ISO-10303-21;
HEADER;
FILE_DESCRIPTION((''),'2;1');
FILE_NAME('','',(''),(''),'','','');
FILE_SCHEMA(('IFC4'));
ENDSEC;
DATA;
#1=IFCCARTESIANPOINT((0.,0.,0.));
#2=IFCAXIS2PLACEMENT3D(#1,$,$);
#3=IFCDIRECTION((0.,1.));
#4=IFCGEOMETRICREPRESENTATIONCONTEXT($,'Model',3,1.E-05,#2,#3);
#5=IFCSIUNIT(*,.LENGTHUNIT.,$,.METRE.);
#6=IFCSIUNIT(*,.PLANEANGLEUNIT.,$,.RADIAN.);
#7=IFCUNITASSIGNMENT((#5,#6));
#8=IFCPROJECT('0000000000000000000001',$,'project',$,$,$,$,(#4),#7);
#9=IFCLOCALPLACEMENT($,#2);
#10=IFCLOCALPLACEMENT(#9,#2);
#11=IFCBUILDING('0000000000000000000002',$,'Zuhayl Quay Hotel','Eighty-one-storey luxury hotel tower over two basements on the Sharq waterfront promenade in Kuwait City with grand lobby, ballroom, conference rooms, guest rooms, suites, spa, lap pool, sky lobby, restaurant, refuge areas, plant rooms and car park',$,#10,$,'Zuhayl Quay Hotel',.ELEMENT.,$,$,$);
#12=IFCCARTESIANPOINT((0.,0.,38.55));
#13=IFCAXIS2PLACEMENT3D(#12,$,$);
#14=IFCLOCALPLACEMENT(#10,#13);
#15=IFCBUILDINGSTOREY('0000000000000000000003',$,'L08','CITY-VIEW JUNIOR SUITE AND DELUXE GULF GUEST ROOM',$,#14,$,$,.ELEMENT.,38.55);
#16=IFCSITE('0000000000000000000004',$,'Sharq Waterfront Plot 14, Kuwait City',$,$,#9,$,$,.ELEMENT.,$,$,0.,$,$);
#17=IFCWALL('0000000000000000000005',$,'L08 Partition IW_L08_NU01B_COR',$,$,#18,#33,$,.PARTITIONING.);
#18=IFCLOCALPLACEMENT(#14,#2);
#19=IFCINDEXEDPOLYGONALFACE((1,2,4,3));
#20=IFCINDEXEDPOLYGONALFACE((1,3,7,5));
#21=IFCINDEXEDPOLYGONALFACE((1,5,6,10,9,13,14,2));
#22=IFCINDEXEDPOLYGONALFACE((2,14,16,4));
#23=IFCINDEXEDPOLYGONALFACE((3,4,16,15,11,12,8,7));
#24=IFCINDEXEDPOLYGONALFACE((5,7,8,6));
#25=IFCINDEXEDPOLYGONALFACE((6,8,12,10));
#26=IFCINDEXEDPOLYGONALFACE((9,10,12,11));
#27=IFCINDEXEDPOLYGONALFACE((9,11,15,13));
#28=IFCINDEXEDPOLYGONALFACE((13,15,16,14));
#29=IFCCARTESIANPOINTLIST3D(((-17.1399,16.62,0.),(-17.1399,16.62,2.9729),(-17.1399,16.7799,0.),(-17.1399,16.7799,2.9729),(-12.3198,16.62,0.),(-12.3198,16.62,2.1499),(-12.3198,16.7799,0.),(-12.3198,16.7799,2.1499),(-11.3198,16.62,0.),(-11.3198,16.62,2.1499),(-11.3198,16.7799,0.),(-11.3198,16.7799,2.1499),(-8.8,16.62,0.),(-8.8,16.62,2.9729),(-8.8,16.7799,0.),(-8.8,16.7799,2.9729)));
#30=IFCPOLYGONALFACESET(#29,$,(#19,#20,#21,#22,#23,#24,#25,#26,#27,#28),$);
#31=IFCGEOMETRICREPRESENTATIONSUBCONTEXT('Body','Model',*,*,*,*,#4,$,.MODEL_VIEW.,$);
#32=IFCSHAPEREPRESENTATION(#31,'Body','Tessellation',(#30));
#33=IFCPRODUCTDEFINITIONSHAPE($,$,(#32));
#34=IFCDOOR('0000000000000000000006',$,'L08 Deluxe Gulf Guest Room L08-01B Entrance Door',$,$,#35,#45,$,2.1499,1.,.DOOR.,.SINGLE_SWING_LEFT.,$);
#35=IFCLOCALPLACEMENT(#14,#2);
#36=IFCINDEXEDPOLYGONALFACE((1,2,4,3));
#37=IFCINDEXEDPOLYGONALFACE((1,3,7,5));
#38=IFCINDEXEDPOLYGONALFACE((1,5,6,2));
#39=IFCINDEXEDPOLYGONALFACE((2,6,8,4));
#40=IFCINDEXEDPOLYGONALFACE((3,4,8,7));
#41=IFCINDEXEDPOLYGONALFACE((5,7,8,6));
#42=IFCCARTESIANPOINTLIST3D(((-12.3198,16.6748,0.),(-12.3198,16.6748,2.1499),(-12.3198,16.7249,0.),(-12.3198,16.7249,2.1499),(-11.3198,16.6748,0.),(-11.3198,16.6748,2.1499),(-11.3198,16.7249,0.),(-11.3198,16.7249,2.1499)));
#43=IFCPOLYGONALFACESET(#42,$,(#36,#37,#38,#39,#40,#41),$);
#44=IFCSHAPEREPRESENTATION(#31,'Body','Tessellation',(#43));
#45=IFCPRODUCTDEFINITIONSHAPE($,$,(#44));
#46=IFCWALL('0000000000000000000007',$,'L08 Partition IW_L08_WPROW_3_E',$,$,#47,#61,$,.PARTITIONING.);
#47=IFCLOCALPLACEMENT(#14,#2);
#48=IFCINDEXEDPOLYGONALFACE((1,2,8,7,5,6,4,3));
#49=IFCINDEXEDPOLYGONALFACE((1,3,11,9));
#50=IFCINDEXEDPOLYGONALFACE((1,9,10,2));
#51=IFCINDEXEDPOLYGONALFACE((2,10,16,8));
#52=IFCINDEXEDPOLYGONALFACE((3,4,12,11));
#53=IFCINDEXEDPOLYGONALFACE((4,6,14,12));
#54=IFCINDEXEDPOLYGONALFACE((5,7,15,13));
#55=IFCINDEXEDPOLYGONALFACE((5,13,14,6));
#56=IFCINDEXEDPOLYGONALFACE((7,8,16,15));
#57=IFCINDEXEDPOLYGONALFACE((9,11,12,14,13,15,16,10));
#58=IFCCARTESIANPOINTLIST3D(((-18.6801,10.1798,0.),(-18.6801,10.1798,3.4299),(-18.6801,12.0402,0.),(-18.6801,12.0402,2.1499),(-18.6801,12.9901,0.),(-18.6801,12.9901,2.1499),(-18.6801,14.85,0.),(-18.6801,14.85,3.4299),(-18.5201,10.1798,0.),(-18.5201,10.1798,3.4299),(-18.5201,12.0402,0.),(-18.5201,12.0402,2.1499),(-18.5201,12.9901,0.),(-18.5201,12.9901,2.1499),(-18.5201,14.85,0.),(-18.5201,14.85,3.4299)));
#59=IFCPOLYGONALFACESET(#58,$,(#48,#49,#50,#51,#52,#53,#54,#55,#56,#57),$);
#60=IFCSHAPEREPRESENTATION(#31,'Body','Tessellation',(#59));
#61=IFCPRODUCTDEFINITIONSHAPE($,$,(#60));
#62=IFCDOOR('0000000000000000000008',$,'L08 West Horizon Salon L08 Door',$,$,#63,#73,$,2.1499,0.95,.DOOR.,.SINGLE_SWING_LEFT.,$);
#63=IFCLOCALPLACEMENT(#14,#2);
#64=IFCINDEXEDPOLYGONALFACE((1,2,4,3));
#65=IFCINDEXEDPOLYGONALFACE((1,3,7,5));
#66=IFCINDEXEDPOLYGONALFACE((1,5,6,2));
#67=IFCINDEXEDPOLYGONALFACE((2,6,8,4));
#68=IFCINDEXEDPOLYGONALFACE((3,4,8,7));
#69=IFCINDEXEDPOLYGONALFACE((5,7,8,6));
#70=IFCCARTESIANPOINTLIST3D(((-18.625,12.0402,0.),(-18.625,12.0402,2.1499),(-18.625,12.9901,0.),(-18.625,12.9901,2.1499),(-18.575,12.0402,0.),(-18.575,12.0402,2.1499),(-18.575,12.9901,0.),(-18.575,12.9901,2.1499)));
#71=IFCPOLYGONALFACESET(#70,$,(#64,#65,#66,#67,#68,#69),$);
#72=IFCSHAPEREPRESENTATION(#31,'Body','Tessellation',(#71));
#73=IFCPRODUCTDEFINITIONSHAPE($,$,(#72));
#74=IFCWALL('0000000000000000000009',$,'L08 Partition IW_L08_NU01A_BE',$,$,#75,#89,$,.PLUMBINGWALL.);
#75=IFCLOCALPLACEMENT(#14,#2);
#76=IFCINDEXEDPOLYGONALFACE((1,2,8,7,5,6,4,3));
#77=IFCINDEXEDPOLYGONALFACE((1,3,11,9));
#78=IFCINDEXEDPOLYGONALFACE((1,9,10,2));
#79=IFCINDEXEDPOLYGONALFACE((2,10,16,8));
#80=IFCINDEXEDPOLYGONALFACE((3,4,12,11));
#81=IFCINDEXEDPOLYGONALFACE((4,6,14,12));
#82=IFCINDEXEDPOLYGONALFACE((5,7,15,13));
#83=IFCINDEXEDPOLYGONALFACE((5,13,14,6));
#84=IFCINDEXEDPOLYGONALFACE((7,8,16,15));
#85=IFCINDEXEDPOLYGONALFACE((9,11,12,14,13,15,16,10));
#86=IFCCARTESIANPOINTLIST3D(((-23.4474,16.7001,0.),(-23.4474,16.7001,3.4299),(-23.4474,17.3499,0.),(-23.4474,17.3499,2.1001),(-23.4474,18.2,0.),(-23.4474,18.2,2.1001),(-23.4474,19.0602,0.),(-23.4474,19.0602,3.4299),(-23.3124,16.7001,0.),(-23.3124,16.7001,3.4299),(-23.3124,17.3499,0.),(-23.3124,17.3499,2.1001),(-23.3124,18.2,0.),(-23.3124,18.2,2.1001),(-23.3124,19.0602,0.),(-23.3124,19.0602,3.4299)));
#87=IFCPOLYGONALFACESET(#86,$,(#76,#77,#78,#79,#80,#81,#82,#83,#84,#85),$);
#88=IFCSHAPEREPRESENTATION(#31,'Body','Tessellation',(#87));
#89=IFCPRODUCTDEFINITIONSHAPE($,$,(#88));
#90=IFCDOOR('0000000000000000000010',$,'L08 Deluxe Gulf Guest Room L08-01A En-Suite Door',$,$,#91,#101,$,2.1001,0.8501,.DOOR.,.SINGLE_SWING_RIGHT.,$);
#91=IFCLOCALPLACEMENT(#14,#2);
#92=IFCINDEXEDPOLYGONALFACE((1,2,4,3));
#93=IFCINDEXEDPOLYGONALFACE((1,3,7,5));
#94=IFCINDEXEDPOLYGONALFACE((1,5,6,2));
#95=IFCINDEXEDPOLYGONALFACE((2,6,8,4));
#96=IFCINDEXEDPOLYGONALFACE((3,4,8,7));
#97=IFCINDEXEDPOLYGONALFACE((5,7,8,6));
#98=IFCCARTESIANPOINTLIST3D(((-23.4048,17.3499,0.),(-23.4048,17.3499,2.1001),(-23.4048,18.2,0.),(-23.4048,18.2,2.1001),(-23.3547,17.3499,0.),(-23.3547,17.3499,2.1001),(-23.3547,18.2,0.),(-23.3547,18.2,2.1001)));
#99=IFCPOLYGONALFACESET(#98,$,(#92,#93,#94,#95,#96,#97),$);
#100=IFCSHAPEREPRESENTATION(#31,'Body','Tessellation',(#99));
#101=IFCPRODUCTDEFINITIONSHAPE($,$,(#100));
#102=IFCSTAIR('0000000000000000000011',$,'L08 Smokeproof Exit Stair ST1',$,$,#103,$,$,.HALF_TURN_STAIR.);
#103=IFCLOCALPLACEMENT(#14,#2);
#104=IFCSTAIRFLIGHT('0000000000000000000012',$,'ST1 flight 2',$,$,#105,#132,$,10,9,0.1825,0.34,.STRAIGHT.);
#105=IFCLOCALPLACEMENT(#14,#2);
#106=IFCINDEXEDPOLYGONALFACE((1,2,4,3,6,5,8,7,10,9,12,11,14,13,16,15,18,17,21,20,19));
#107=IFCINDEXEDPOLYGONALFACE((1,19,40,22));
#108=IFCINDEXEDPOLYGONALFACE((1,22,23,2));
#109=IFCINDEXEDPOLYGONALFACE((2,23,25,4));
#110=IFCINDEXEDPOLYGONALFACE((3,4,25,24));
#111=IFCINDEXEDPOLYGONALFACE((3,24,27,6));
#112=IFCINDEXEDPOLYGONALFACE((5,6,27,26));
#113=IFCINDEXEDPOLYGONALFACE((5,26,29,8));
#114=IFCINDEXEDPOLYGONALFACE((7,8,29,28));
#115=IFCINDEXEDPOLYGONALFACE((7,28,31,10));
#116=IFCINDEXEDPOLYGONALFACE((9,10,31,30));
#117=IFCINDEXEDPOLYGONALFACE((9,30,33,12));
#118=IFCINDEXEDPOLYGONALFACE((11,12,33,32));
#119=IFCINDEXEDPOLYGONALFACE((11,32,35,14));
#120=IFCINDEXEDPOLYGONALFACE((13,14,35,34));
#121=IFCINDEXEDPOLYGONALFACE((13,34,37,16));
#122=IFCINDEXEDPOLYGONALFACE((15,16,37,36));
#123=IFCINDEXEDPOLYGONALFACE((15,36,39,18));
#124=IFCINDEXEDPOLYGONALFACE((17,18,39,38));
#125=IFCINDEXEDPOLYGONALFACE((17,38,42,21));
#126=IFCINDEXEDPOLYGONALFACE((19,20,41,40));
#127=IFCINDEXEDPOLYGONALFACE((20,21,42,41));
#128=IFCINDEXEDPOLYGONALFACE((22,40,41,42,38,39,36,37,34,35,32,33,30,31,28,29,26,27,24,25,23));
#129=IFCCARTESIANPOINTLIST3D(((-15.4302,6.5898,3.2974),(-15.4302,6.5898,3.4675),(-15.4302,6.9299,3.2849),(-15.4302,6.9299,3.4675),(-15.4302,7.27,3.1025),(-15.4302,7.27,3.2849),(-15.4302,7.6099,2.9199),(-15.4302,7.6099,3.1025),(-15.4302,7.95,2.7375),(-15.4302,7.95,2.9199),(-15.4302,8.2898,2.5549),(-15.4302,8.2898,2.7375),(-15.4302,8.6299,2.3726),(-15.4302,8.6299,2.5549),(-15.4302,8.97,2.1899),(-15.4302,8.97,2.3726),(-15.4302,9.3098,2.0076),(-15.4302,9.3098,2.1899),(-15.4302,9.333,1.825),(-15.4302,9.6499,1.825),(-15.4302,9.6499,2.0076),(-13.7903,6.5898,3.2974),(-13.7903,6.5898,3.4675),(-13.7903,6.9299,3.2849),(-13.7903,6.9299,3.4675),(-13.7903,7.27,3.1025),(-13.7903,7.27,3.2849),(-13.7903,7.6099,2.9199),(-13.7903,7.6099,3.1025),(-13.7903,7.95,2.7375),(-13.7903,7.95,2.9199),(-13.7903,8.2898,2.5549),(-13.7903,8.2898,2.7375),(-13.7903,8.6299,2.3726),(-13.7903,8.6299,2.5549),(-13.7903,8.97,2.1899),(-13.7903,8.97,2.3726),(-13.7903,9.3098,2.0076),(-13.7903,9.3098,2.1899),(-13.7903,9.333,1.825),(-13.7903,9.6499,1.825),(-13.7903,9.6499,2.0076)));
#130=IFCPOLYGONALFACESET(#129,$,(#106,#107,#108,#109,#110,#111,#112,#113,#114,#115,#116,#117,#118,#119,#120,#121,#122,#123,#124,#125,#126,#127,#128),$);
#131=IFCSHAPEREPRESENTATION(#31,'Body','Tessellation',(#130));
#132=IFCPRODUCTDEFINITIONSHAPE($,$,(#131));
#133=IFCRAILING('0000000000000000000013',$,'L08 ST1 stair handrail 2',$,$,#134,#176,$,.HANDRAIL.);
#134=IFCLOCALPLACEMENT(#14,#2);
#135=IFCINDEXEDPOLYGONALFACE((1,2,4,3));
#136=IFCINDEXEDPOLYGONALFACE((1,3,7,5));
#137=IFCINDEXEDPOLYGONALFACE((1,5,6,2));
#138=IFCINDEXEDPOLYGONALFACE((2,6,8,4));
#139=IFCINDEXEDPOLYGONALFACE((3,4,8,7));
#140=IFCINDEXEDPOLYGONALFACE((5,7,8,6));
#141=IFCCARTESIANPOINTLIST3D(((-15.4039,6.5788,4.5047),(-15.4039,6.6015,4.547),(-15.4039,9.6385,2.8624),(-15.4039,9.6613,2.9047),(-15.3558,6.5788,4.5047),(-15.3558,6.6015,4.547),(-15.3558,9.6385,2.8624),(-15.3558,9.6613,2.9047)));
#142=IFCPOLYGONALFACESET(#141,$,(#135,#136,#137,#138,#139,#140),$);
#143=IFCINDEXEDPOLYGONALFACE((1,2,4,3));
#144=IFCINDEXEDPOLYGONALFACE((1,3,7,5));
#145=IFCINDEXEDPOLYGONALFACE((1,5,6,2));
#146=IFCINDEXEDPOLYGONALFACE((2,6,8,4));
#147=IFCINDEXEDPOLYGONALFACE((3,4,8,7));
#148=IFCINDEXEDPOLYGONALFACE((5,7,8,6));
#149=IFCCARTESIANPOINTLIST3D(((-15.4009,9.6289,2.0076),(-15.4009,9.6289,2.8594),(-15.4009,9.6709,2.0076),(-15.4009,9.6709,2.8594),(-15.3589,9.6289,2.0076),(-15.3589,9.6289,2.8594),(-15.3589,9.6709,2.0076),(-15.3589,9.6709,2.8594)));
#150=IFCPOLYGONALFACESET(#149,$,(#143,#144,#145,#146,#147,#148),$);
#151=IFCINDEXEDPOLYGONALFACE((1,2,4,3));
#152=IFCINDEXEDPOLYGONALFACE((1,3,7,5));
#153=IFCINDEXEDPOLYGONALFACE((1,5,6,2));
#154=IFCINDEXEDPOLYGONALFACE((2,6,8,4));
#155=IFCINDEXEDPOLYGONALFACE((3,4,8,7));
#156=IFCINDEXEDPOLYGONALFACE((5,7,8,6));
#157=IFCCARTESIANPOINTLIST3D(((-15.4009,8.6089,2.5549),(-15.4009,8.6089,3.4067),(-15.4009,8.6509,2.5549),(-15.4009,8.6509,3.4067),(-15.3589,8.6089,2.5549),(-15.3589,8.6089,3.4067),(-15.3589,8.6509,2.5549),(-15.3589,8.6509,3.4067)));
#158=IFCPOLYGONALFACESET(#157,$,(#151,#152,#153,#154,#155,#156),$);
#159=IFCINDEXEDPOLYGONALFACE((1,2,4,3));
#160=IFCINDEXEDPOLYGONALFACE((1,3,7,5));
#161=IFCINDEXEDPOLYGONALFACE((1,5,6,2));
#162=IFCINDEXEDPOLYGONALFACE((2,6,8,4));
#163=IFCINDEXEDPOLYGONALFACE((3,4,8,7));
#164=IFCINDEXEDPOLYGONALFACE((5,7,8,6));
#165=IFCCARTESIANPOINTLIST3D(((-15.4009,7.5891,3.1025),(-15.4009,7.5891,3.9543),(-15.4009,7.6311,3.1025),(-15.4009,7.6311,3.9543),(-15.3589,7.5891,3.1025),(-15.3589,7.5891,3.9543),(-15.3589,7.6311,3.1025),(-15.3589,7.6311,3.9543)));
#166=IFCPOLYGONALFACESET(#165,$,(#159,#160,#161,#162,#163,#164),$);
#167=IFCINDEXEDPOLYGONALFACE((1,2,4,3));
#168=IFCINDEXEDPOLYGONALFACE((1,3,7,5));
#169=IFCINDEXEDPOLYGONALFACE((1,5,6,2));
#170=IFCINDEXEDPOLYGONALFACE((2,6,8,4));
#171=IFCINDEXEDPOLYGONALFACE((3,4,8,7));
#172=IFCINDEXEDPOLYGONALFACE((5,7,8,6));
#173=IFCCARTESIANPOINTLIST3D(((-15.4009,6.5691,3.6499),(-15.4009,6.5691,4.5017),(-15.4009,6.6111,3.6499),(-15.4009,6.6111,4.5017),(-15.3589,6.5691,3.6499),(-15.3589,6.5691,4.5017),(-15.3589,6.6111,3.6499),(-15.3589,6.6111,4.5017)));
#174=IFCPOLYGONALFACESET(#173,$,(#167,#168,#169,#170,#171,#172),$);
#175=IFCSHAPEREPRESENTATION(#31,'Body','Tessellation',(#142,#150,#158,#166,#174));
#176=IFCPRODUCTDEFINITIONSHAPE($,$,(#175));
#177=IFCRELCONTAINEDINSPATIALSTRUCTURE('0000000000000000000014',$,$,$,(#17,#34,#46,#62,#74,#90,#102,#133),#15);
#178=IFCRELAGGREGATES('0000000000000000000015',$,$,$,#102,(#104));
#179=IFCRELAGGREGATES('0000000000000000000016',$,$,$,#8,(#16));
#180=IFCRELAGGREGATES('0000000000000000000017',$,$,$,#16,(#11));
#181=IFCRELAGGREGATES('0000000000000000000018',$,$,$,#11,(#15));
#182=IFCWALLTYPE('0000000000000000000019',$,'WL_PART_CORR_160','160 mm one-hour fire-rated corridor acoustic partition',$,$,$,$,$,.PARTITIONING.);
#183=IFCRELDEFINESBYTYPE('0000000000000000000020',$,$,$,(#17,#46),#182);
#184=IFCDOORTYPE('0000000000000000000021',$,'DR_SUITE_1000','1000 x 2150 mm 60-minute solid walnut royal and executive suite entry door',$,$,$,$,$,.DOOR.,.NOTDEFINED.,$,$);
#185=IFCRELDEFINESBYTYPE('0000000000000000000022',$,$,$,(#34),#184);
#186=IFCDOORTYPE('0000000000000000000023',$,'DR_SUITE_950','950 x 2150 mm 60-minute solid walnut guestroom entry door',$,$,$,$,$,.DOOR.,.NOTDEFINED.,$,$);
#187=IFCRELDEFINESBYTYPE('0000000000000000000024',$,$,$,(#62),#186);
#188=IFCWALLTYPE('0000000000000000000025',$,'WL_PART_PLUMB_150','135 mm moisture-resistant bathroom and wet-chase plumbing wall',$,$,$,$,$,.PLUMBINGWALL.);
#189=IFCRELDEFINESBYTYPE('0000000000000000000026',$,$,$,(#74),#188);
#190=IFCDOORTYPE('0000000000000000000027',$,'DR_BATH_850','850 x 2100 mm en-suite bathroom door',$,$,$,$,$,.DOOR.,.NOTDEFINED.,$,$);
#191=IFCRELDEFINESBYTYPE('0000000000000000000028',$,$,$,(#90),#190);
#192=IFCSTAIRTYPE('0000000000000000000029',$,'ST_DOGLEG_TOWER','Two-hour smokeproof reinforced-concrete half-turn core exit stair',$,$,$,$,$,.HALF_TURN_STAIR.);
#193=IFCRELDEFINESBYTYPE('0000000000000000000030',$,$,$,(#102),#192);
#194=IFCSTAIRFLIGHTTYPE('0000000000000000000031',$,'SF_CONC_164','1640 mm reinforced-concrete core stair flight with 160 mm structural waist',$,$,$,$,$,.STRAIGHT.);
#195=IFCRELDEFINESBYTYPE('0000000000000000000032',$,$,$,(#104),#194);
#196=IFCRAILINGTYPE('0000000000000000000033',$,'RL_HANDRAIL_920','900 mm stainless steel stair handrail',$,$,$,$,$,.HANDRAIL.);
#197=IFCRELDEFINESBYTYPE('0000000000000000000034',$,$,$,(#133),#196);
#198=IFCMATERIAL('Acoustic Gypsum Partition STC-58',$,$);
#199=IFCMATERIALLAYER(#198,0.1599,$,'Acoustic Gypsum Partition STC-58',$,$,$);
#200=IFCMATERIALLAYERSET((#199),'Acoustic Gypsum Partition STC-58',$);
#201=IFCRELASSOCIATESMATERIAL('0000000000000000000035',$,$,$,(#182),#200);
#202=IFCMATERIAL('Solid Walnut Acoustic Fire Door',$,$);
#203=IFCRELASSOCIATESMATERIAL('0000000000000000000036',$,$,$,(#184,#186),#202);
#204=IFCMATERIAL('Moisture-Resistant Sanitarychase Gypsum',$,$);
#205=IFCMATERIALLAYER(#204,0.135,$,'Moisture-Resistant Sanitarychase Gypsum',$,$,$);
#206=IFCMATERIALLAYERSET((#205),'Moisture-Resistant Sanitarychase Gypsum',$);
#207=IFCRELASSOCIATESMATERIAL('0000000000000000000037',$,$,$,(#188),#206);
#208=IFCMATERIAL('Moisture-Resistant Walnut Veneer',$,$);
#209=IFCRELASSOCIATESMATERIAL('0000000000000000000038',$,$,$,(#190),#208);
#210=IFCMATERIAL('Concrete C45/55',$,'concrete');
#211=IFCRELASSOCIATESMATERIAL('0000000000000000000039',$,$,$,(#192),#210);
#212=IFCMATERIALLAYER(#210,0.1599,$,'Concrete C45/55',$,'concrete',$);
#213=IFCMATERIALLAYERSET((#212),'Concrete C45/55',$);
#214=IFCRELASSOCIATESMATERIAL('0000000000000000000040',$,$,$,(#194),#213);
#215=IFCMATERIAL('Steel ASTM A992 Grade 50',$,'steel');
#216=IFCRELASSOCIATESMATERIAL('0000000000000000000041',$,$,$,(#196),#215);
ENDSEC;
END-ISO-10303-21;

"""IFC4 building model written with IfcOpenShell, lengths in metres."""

from ifc_helpers import new_model, si_unit, direction, frame, frame_2d, origin, origin_2d, place, context, subcontext, project, spatial, polyline, rectangle, outline, extrude, material, layer, layer_set, type_object, element, fill, aggregate, save


model = new_model("IFC4")

# Units and contexts
model_context = context("Model", 3, precision=1e-05, world=origin(), true_north=direction((0.0, 1.0)))
body_context = subcontext(model_context, "Body", "Model", "MODEL_VIEW")
ifc_project = project(units=[si_unit("LENGTHUNIT", "METRE"), si_unit("PLANEANGLEUNIT", "RADIAN")], contexts=[model_context])

# Site, building, storey
site_placement = place(None, origin())
site = spatial("IfcSite", under=ifc_project, at=site_placement, Name="Sharq Waterfront Plot 14, Kuwait City", CompositionType="ELEMENT", RefElevation=0.0)
building_placement = place(site_placement, origin())
building = spatial("IfcBuilding", under=site, at=building_placement, Name="Zuhayl Quay Hotel", Description="Eighty-one-storey luxury hotel tower over two basements on the Sharq waterfront promenade in Kuwait City with grand lobby, ballroom, conference rooms, guest rooms, suites, spa, lap pool, sky lobby, restaurant, refuge areas, plant rooms and car park", LongName="Zuhayl Quay Hotel", CompositionType="ELEMENT")
storey_placement = place(building_placement, frame((0.0, 0.0, 38.55)))
storey = spatial("IfcBuildingStorey", under=building, at=storey_placement, Name="L08", Description="CITY-VIEW JUNIOR SUITE AND DELUXE GULF GUEST ROOM", CompositionType="ELEMENT", Elevation=38.55)

# Shared definitions
ifc_material_1 = material(Name="Acoustic Gypsum Partition STC-58")

# Walls, openings, doors
ifc_layer_1 = layer(ifc_material_1, 0.1599, Name="Acoustic Gypsum Partition STC-58")
ifc_layer_set_1 = layer_set([ifc_layer_1], Name="Acoustic Gypsum Partition STC-58")
wall_type_1 = type_object("IfcWallType", Name="WL_PART_CORR_160", Description="160 mm one-hour fire-rated corridor acoustic partition", PredefinedType="PARTITIONING", material=ifc_layer_set_1)
ifc_material_2 = material(Name="Solid Walnut Acoustic Fire Door")
door_type_1 = type_object("IfcDoorType", Name="DR_SUITE_1000", Description="1000 x 2150 mm 60-minute solid walnut royal and executive suite entry door", OperationType="NOTDEFINED", PredefinedType="DOOR", material=ifc_material_2)
wall_1_placement = place(storey_placement, frame((-17.1399, 16.7, 0.0), z_axis=(0.0, 0.0, 1.0), x_axis=(1.0, 0.0, 0.0)))
wall_1 = element("IfcWall", 1, at=wall_1_placement, inside=storey, type_object=wall_type_1, Name="L08 Partition IW_L08_NU01B_COR", PredefinedType="PARTITIONING", context=body_context, shape_type="SweptSolid", body=[
    extrude(rectangle(XDim=8.3398, YDim=0.1599, at=frame_2d((4.1699, 0.0))), origin(), (0.0, 0.0, 1.0), 2.9729),
])
opening_1_placement = place(wall_1_placement, frame((4.8201, 0.0, 0.0)))
opening_1 = element("IfcOpeningElement", 2, at=opening_1_placement, cuts=wall_1, PredefinedType="OPENING", context=body_context, shape_type="SweptSolid", body=[
    extrude(rectangle(XDim=1.0, YDim=2.1499, at=frame_2d((0.5, 1.075))), frame((0.0, 0.0898, 0.0), z_axis=(0.0, -1.0, 0.0), x_axis=(1.0, 0.0, 0.0)), (0.0, 0.0, 1.0), 0.1799),
])
door_1_placement = place(opening_1_placement, origin())
door_1 = element("IfcDoor", 3, at=door_1_placement, inside=storey, type_object=door_type_1, Name="L08 Deluxe Gulf Guest Room L08-01B Entrance Door", OperationType="SINGLE_SWING_LEFT", OverallHeight=2.1499, OverallWidth=1.0, PredefinedType="DOOR", context=body_context, shape_type="SweptSolid", body=[
    extrude(rectangle(XDim=1.0, YDim=2.1499, at=frame_2d((0.5, 1.075))), frame((0.0, 0.0249, 0.0), z_axis=(0.0, -1.0, 0.0), x_axis=(1.0, 0.0, 0.0)), (0.0, 0.0, 1.0), 0.05),
])
fill(opening_1, door_1)
door_type_2 = type_object("IfcDoorType", Name="DR_SUITE_950", Description="950 x 2150 mm 60-minute solid walnut guestroom entry door", OperationType="NOTDEFINED", PredefinedType="DOOR", material=ifc_material_2)
wall_2_placement = place(storey_placement, frame((-18.6001, 10.1799, 0.0), z_axis=(0.0, 0.0, 1.0), x_axis=(0.0, 1.0, 0.0)))
wall_2 = element("IfcWall", 4, at=wall_2_placement, inside=storey, type_object=wall_type_1, Name="L08 Partition IW_L08_WPROW_3_E", PredefinedType="PARTITIONING", context=body_context, shape_type="SweptSolid", body=[
    extrude(rectangle(XDim=4.6702, YDim=0.1599, at=frame_2d((2.335, 0.0))), origin(), (0.0, 0.0, 1.0), 3.4299),
])
opening_2_placement = place(wall_2_placement, frame((1.8601, 0.0, 0.0)))
opening_2 = element("IfcOpeningElement", 5, at=opening_2_placement, cuts=wall_2, PredefinedType="OPENING", context=body_context, shape_type="SweptSolid", body=[
    extrude(rectangle(XDim=0.95, YDim=2.1499, at=frame_2d((0.4751, 1.075))), frame((0.0, 0.0898, 0.0), z_axis=(0.0, -1.0, 0.0), x_axis=(1.0, 0.0, 0.0)), (0.0, 0.0, 1.0), 0.1799),
])
door_2_placement = place(opening_2_placement, origin())
door_2 = element("IfcDoor", 6, at=door_2_placement, inside=storey, type_object=door_type_2, Name="L08 West Horizon Salon L08 Door", OperationType="SINGLE_SWING_LEFT", OverallHeight=2.1499, OverallWidth=0.95, PredefinedType="DOOR", context=body_context, shape_type="SweptSolid", body=[
    extrude(rectangle(XDim=0.95, YDim=2.1499, at=frame_2d((0.4751, 1.075))), frame((0.0, 0.0249, 0.0), z_axis=(0.0, -1.0, 0.0), x_axis=(1.0, 0.0, 0.0)), (0.0, 0.0, 1.0), 0.05),
])
fill(opening_2, door_2)
ifc_material_3 = material(Name="Moisture-Resistant Sanitarychase Gypsum")
ifc_layer_2 = layer(ifc_material_3, 0.135, Name="Moisture-Resistant Sanitarychase Gypsum")
ifc_layer_set_2 = layer_set([ifc_layer_2], Name="Moisture-Resistant Sanitarychase Gypsum")
wall_type_2 = type_object("IfcWallType", Name="WL_PART_PLUMB_150", Description="135 mm moisture-resistant bathroom and wet-chase plumbing wall", PredefinedType="PLUMBINGWALL", material=ifc_layer_set_2)
wall_3_placement = place(storey_placement, frame((-23.3799, 16.7, 0.0), z_axis=(0.0, 0.0, 1.0), x_axis=(0.0, 1.0, 0.0)))
wall_3 = element("IfcWall", 7, at=wall_3_placement, inside=storey, type_object=wall_type_2, Name="L08 Partition IW_L08_NU01A_BE", PredefinedType="PLUMBINGWALL", context=body_context, shape_type="SweptSolid", body=[
    extrude(rectangle(XDim=2.3601, YDim=0.135, at=frame_2d((1.1802, 0.0))), origin(), (0.0, 0.0, 1.0), 3.4299),
])
opening_3_placement = place(wall_3_placement, frame((0.6499, 0.0, 0.0)))
opening_3 = element("IfcOpeningElement", 8, at=opening_3_placement, cuts=wall_3, PredefinedType="OPENING", context=body_context, shape_type="SweptSolid", body=[
    extrude(rectangle(XDim=0.8501, YDim=2.1001, at=frame_2d((0.425, 1.05))), frame((0.0, 0.0774, 0.0), z_axis=(0.0, -1.0, 0.0), x_axis=(1.0, 0.0, 0.0)), (0.0, 0.0, 1.0), 0.155),
])
ifc_material_4 = material(Name="Moisture-Resistant Walnut Veneer")
door_type_3 = type_object("IfcDoorType", Name="DR_BATH_850", Description="850 x 2100 mm en-suite bathroom door", OperationType="NOTDEFINED", PredefinedType="DOOR", material=ifc_material_4)
door_3_placement = place(opening_3_placement, origin())
door_3 = element("IfcDoor", 9, at=door_3_placement, inside=storey, type_object=door_type_3, Name="L08 Deluxe Gulf Guest Room L08-01A En-Suite Door", OperationType="SINGLE_SWING_RIGHT", OverallHeight=2.1001, OverallWidth=0.8501, PredefinedType="DOOR", context=body_context, shape_type="SweptSolid", body=[
    extrude(rectangle(XDim=0.8501, YDim=2.1001, at=frame_2d((0.425, 1.05))), frame((0.0, 0.0249, 0.0), z_axis=(0.0, -1.0, 0.0), x_axis=(1.0, 0.0, 0.0)), (0.0, 0.0, 1.0), 0.05),
])
fill(opening_3, door_3)

# Stair, stair flight
ifc_material_5 = material(Name="Concrete C45/55", Category="concrete")
stair_type = type_object("IfcStairType", Name="ST_DOGLEG_TOWER", Description="Two-hour smokeproof reinforced-concrete half-turn core exit stair", PredefinedType="HALF_TURN_STAIR", material=ifc_material_5)
stair_placement = place(storey_placement, origin())
stair = element("IfcStair", 10, at=stair_placement, inside=storey, type_object=stair_type, Name="L08 Smokeproof Exit Stair ST1", PredefinedType="HALF_TURN_STAIR")
ifc_layer_3 = layer(ifc_material_5, 0.1599, Name="Concrete C45/55", Category="concrete")
ifc_layer_set_3 = layer_set([ifc_layer_3], Name="Concrete C45/55")
stair_flight_type = type_object("IfcStairFlightType", Name="SF_CONC_164", Description="1640 mm reinforced-concrete core stair flight with 160 mm structural waist", PredefinedType="STRAIGHT", material=ifc_layer_set_3)
stair_flight_placement = place(storey_placement, frame((-14.6101, 9.6499, 1.825), z_axis=(0.0, 0.0, 1.0), x_axis=(0.0, -1.0, 0.0)))
stair_flight = element("IfcStairFlight", 11, at=stair_flight_placement, type_object=stair_flight_type, Name="ST1 flight 2", NumberOfRisers=10, NumberOfTreads=9, PredefinedType="STRAIGHT", RiserHeight=0.1825, TreadLength=0.34, context=body_context, shape_type="SweptSolid", body=[
    extrude(outline(polyline([(0.0, 0.0), (0.0, 0.1826), (0.3401, 0.1826), (0.3401, 0.365), (0.6799, 0.365), (0.6799, 0.5476), (1.02, 0.5476), (1.02, 0.73), (1.3601, 0.73), (1.3601, 0.9126), (1.7, 0.9126), (1.7, 1.095), (2.04, 1.095), (2.04, 1.2776), (2.3799, 1.2776), (2.3799, 1.46), (2.72, 1.46), (2.72, 1.6426), (3.0601, 1.6426), (3.0601, 1.825), (3.0601, 1.4724), (0.3169, 0.0), (0.0, 0.0)])), frame((0.0, 0.8198, 0.0), z_axis=(0.0, -1.0, 0.0), x_axis=(1.0, 0.0, 0.0)), (0.0, 0.0, 1.0), 1.6399),
])
aggregate(stair, [stair_flight])

# Railing
ifc_material_6 = material(Name="Steel ASTM A992 Grade 50", Category="steel")
railing_type = type_object("IfcRailingType", Name="RL_HANDRAIL_920", Description="900 mm stainless steel stair handrail", PredefinedType="HANDRAIL", material=ifc_material_6)
railing_placement = place(storey_placement, frame((-15.3799, 9.6499, 2.0076)))
element("IfcRailing", 12, at=railing_placement, inside=storey, type_object=railing_type, Name="L08 ST1 stair handrail 2", PredefinedType="HANDRAIL", context=body_context, shape_type="SweptSolid", body=[
    extrude(rectangle(XDim=0.0481, YDim=0.0481, at=origin_2d()), frame((0.0, 0.0, 0.876), z_axis=(0.0, -0.881102, 0.472926), x_axis=(1.0, 0.0, 0.0)), (0.0, 0.0, 1.0), 3.4727),
    extrude(rectangle(XDim=0.042, YDim=0.042, at=origin_2d()), origin(), (0.0, 0.0, 1.0), 0.8518),
    extrude(rectangle(XDim=0.042, YDim=0.042, at=origin_2d()), frame((0.0, -1.02, 0.5474)), (0.0, 0.0, 1.0), 0.8518),
    extrude(rectangle(XDim=0.042, YDim=0.042, at=origin_2d()), frame((0.0, -2.0398, 1.095)), (0.0, 0.0, 1.0), 0.8518),
    extrude(rectangle(XDim=0.042, YDim=0.042, at=origin_2d()), frame((0.0, -3.0598, 1.6423)), (0.0, 0.0, 1.0), 0.8518),
])

save(model, "model.ifc")
